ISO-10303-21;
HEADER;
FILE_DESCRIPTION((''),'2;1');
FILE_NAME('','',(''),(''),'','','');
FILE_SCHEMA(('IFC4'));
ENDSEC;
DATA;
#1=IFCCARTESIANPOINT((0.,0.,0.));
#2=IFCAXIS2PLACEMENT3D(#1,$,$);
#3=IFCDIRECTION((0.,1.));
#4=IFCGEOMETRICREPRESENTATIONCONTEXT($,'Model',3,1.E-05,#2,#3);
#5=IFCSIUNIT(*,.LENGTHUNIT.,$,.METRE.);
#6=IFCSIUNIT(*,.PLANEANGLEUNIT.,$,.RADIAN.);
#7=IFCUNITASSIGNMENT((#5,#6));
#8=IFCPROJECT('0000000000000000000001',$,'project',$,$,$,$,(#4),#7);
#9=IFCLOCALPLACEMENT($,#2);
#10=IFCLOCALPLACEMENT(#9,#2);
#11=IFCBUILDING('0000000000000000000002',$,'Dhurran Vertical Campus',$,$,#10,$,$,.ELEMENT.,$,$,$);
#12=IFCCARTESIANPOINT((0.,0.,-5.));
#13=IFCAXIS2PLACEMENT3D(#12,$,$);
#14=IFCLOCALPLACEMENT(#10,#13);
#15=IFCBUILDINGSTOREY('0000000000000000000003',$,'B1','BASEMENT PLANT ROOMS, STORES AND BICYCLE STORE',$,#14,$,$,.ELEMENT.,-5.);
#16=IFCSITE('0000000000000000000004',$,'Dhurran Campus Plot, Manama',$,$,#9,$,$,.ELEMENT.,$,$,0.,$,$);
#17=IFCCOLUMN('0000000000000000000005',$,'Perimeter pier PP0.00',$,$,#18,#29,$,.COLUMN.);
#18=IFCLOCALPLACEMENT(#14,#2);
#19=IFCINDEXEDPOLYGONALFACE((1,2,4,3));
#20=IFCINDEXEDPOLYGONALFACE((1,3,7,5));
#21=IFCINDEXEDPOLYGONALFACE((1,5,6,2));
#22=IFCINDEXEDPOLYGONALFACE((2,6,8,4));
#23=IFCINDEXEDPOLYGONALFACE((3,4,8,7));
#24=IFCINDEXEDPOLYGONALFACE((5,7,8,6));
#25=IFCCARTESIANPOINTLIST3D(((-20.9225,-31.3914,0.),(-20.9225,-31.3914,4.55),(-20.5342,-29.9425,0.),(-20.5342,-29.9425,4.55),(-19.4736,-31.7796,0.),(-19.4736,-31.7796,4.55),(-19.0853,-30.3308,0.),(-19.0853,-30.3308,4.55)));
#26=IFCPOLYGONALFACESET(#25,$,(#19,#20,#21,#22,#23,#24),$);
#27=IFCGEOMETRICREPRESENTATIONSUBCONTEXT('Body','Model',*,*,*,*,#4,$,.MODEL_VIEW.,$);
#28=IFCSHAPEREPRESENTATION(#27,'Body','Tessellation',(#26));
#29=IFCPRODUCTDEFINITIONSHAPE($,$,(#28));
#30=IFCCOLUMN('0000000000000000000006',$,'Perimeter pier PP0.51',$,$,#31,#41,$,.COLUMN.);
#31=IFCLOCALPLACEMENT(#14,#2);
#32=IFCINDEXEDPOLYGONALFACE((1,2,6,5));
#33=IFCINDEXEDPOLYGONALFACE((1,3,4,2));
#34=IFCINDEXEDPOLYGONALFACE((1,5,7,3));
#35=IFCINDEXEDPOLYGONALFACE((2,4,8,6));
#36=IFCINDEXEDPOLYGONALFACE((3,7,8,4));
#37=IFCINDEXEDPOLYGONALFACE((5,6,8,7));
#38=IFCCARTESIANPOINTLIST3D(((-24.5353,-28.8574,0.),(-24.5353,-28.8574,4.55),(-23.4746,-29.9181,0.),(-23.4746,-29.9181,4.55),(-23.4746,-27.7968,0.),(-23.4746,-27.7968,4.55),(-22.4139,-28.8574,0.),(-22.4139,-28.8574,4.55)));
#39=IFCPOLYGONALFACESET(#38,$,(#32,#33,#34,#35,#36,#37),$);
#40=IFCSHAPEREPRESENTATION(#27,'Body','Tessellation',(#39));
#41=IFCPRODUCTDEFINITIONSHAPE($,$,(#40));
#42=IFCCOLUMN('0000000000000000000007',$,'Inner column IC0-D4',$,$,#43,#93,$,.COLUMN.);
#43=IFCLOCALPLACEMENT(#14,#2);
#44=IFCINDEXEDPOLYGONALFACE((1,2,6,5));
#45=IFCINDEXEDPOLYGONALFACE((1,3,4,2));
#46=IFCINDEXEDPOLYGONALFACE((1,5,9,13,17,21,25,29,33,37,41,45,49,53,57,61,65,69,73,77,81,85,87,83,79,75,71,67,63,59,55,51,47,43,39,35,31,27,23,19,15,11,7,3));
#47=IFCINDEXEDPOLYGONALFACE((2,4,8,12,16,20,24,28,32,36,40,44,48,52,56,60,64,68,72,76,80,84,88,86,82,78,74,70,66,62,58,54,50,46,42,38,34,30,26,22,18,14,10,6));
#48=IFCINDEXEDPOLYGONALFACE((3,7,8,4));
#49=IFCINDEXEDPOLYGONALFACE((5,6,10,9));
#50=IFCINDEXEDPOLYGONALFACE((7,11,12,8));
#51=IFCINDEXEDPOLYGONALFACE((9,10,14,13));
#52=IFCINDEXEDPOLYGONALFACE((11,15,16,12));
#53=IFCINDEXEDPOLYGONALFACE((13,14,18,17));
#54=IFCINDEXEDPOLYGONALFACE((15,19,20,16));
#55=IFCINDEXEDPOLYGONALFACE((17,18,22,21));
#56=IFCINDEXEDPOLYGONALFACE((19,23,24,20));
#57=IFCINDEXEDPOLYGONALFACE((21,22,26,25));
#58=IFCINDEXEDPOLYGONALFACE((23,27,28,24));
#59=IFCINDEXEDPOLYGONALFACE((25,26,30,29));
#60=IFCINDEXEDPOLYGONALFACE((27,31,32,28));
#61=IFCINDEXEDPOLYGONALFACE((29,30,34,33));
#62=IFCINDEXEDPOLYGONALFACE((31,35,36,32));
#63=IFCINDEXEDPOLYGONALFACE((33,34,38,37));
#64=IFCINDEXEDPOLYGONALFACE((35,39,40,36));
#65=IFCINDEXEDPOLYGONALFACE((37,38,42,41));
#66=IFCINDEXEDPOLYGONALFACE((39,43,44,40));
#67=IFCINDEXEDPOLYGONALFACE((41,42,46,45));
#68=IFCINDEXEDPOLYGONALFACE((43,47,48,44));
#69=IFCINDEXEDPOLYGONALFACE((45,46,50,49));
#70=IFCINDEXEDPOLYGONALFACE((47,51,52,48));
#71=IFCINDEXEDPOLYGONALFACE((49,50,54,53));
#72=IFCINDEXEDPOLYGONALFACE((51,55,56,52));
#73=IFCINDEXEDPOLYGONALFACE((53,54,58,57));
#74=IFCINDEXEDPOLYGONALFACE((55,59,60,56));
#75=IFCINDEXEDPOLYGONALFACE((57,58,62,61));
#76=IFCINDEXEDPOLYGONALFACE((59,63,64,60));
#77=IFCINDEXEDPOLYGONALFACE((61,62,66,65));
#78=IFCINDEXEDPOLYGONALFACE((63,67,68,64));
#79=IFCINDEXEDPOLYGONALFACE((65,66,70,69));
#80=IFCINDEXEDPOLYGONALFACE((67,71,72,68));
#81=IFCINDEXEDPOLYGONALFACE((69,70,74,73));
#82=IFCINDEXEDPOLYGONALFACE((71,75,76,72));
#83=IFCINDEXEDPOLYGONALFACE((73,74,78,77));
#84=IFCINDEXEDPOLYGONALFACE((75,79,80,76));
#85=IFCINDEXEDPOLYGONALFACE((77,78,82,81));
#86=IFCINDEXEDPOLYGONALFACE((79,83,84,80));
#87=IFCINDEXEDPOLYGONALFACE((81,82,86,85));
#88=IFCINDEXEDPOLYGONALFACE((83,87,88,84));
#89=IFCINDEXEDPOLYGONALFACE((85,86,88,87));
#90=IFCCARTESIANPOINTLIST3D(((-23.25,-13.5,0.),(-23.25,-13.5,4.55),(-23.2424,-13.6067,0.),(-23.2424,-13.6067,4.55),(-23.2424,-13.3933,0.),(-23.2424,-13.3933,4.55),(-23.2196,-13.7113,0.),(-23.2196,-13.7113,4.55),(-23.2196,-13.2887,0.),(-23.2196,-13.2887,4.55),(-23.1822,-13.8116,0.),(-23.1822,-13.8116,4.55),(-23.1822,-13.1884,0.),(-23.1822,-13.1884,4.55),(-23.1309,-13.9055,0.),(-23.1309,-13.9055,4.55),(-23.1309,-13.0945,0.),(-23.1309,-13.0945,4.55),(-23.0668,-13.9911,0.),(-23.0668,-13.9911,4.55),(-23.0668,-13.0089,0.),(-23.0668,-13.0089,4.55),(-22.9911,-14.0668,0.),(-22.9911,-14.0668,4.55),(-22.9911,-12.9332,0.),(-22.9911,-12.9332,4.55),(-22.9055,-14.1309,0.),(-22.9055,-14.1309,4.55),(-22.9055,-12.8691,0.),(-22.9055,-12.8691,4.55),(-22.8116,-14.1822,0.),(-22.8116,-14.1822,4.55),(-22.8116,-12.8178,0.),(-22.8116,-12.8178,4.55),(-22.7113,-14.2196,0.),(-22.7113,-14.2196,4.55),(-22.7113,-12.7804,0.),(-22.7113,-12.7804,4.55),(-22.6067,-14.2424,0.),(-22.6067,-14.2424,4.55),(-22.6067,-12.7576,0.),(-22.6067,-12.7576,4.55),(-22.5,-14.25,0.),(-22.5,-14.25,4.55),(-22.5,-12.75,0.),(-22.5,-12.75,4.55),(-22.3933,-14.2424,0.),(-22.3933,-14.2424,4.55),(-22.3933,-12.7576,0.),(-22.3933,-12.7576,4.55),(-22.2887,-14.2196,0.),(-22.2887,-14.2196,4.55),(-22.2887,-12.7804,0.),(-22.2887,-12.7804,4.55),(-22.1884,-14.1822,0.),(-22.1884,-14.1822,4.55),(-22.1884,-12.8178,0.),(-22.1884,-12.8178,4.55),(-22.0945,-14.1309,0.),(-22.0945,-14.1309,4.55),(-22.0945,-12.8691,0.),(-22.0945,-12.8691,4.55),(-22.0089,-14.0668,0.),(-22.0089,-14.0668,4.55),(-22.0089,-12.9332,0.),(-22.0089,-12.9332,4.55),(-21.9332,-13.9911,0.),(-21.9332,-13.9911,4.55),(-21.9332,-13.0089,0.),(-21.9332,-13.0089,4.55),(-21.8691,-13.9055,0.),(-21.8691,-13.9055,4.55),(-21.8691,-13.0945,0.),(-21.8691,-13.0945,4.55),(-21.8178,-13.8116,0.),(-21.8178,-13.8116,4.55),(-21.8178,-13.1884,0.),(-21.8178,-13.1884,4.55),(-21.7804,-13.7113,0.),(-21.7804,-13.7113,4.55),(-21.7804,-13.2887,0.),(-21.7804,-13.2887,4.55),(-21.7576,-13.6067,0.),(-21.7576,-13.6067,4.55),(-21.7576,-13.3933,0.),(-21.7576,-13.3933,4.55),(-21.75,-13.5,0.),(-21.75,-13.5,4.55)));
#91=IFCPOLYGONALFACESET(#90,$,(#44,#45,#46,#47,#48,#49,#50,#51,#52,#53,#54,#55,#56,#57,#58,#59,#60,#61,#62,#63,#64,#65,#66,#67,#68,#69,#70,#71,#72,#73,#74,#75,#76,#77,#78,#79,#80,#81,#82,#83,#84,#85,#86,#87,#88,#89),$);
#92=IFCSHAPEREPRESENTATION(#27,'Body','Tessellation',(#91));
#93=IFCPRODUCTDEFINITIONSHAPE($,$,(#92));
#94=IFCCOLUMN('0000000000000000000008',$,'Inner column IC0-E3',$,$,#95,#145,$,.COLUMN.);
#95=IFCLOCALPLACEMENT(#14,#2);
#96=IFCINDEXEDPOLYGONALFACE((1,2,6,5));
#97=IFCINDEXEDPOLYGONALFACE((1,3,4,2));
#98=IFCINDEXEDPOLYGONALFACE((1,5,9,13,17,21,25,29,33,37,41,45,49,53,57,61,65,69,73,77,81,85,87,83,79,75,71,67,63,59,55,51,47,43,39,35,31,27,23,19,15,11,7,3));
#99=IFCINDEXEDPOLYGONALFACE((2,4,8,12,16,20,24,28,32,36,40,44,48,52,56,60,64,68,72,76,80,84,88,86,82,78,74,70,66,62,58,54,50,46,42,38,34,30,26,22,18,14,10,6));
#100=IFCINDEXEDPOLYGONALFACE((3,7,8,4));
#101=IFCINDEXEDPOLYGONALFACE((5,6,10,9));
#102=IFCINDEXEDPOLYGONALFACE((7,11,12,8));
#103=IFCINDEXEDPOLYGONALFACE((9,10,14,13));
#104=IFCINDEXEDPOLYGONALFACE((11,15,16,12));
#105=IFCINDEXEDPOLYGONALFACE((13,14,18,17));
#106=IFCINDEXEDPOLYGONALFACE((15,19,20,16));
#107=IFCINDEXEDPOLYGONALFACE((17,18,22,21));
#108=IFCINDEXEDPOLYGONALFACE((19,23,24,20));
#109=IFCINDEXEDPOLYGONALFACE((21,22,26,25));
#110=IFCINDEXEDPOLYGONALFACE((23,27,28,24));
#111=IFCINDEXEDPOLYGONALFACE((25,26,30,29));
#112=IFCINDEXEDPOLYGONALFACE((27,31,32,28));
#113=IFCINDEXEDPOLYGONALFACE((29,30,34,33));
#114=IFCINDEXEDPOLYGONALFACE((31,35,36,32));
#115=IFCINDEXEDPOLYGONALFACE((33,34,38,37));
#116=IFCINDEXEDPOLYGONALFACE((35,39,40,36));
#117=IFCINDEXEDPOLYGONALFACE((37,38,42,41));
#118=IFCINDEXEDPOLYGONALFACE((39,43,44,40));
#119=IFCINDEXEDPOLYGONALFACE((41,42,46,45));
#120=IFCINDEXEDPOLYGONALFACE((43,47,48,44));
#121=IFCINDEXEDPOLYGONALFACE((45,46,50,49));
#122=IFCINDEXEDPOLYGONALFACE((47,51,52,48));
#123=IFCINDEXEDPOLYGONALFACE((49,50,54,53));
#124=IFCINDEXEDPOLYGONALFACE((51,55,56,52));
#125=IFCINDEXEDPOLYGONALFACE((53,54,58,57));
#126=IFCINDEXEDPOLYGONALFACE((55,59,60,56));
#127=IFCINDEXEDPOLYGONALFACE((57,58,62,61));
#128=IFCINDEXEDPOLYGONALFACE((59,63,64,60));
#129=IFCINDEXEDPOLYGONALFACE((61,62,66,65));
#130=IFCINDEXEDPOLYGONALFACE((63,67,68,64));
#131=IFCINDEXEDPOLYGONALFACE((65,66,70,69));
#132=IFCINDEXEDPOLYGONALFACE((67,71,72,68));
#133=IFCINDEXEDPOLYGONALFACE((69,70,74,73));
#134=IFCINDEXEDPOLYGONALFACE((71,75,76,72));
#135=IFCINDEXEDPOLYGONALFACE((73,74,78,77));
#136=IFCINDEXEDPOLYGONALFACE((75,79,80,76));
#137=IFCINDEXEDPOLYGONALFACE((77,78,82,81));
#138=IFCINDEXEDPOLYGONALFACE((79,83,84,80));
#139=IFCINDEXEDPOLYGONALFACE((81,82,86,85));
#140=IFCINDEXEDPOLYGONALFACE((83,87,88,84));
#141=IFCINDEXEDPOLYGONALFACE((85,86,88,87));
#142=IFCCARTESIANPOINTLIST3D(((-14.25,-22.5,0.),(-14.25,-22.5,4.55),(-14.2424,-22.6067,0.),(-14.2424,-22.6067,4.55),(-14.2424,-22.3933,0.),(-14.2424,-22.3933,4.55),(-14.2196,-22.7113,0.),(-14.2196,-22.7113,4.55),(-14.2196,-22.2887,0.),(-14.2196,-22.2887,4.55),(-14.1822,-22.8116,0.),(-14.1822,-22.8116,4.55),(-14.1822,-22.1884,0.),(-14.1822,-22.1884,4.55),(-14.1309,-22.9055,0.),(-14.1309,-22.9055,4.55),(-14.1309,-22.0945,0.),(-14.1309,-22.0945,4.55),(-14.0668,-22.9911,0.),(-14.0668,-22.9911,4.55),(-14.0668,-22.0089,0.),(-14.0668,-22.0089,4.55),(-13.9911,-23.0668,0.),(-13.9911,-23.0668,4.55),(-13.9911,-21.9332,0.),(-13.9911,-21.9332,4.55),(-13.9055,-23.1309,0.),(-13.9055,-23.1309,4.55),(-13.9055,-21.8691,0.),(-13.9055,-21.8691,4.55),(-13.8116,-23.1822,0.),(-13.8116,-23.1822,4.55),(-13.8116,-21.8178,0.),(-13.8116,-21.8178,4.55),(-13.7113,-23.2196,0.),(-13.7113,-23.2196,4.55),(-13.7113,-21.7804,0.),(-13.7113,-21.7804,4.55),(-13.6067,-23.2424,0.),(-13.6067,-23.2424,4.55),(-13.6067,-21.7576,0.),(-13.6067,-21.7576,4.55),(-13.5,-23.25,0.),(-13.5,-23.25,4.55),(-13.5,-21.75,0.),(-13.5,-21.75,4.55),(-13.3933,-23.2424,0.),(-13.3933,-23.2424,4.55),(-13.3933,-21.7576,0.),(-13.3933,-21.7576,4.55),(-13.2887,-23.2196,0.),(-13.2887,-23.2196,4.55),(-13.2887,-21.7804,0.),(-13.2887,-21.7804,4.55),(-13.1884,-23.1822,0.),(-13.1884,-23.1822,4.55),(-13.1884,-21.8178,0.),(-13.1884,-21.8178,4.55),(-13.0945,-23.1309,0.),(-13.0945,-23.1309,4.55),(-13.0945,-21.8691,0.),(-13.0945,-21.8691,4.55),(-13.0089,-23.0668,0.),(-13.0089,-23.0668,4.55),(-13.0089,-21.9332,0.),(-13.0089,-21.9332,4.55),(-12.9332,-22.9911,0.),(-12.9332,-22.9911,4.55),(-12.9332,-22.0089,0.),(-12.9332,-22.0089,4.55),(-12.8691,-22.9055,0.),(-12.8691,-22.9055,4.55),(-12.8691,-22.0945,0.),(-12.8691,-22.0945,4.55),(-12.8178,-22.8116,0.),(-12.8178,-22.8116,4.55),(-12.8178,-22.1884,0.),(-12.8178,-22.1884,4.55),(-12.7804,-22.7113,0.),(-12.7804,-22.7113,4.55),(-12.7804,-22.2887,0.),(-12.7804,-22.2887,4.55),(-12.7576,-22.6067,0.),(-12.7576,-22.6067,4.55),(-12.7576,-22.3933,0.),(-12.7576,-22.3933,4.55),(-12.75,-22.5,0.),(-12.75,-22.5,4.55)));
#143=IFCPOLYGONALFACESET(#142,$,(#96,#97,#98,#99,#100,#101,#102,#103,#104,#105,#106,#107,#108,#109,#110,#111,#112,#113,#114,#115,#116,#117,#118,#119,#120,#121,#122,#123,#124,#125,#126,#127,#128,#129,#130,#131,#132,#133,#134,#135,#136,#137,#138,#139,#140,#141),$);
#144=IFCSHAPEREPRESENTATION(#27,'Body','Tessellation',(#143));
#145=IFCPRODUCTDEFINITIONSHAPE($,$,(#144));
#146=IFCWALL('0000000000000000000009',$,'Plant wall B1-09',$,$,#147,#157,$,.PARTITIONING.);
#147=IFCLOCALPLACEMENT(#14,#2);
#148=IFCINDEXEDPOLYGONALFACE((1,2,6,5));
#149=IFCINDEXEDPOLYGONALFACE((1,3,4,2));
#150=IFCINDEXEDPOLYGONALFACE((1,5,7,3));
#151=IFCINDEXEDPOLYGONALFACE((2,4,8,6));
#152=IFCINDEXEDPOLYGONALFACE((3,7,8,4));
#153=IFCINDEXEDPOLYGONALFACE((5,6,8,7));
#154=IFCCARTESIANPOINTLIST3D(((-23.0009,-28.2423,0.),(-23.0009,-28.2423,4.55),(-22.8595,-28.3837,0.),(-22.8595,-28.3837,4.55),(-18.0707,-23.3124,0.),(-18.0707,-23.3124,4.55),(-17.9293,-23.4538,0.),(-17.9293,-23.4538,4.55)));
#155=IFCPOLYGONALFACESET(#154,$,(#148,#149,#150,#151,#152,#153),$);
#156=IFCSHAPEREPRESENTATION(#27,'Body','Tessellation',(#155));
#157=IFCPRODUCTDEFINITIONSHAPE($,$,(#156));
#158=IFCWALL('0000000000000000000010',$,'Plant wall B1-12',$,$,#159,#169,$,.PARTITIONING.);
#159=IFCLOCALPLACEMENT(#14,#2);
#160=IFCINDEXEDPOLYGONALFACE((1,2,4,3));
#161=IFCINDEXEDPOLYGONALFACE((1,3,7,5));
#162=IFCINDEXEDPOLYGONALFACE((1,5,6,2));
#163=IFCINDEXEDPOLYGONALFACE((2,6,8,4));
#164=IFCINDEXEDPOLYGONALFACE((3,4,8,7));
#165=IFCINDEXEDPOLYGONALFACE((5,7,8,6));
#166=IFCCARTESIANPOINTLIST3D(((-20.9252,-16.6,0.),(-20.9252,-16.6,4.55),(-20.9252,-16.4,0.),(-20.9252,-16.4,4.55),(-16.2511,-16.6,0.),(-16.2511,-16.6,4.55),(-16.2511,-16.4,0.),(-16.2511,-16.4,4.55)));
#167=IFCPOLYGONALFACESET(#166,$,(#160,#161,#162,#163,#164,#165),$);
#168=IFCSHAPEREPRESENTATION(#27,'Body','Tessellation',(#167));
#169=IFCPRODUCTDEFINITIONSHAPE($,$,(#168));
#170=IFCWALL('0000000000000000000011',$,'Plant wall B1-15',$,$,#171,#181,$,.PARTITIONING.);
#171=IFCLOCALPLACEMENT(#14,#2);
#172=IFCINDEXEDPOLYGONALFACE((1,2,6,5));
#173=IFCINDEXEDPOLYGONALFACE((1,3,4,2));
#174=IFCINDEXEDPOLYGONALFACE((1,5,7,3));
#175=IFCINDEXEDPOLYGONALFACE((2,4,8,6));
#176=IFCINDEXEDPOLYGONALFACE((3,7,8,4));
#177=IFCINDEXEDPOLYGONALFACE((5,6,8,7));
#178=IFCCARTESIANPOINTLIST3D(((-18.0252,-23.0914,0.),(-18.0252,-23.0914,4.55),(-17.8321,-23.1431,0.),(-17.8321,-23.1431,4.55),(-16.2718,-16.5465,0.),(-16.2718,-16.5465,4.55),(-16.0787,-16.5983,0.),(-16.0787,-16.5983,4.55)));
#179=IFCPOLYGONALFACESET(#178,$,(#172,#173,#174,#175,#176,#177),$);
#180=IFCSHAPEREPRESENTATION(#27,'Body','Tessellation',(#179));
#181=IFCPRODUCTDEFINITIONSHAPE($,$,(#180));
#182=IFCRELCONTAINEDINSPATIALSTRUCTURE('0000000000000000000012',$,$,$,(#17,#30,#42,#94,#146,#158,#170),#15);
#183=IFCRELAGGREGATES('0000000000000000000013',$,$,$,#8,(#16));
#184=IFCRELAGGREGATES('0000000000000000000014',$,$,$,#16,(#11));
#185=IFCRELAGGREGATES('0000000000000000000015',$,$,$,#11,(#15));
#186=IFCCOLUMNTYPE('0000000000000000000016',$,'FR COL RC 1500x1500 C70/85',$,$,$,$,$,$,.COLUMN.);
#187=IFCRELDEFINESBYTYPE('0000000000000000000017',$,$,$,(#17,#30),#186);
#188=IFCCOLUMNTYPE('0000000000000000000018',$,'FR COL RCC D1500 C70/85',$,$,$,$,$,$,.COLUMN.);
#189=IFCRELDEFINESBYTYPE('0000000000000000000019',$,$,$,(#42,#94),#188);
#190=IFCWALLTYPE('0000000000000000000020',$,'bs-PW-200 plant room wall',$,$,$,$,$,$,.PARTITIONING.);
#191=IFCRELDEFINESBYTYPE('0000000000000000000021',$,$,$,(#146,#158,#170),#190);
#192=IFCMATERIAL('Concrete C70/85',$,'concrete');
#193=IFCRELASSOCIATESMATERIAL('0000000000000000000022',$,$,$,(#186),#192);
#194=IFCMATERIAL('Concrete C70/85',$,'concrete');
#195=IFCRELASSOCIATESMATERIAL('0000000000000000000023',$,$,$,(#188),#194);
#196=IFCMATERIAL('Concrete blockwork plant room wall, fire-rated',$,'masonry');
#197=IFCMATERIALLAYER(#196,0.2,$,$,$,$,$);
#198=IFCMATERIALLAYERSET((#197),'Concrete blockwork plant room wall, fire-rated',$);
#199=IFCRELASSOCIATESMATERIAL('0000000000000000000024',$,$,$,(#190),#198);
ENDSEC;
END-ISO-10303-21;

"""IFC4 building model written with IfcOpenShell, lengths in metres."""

from ifc_helpers import new_model, si_unit, direction, frame, frame_2d, origin, origin_2d, place, context, subcontext, project, spatial, rectangle, circle, extrude, material, layer, layer_set, material_profile, profile_set, type_object, element, save


model = new_model("IFC4")

# Units and contexts
model_context = context("Model", 3, precision=1e-05, world=origin(), true_north=direction((0.0, 1.0)))
body_context = subcontext(model_context, "Body", "Model", "MODEL_VIEW")
ifc_project = project(units=[si_unit("LENGTHUNIT", "METRE"), si_unit("PLANEANGLEUNIT", "RADIAN")], contexts=[model_context])

# Site, building, storey
site_placement = place(None, origin())
site = spatial("IfcSite", under=ifc_project, at=site_placement, Name="Dhurran Campus Plot, Manama", CompositionType="ELEMENT", RefElevation=0.0)
building_placement = place(site_placement, origin())
building = spatial("IfcBuilding", under=site, at=building_placement, Name="Dhurran Vertical Campus", CompositionType="ELEMENT")
storey_placement = place(building_placement, frame((0.0, 0.0, -5.0)))
storey = spatial("IfcBuildingStorey", under=building, at=storey_placement, Name="B1", Description="BASEMENT PLANT ROOMS, STORES AND BICYCLE STORE", CompositionType="ELEMENT", Elevation=-5.0)

# Columns
ifc_material_1 = material(Name="Concrete C70/85", Category="concrete")
ifc_material_profile_1 = material_profile(ifc_material_1, rectangle(XDim=1.5, YDim=1.5, at=origin_2d()), Name="RC 1500x1500")
ifc_profile_set_1 = profile_set([ifc_material_profile_1], Name="Concrete C70/85")
column_type_1 = type_object("IfcColumnType", Name="FR COL RC 1500x1500 C70/85", PredefinedType="COLUMN", material=ifc_profile_set_1)
for number, where, z_axis, x_axis, name in (
    (1, (-20.0039, -30.8611, 0.0), (0.0, 0.0, 1.0), (0.965926, -0.258819, 0.0), "Perimeter pier PP0.00"),
    (2, (-23.4746, -28.8574, 0.0), (0.0, 0.0, 1.0), (0.707107, -0.707107, 0.0), "Perimeter pier PP0.51"),
):
    element("IfcColumn", number, at=place(storey_placement, frame(where, z_axis=z_axis, x_axis=x_axis)), inside=storey, type_object=column_type_1, Name=name, PredefinedType="COLUMN", context=body_context, shape_type="SweptSolid", body=[
        extrude(rectangle(XDim=1.5, YDim=1.5, at=origin_2d()), origin(), (0.0, 0.0, 1.0), 4.55),
    ])
ifc_material_2 = material(Name="Concrete C70/85", Category="concrete")
ifc_material_profile_2 = material_profile(ifc_material_2, circle(Radius=0.75, at=origin_2d()), Name="RCC D1500")
ifc_profile_set_2 = profile_set([ifc_material_profile_2], Name="Concrete C70/85")
column_type_2 = type_object("IfcColumnType", Name="FR COL RCC D1500 C70/85", PredefinedType="COLUMN", material=ifc_profile_set_2)
for number, where, z_axis, x_axis, name in (
    (3, (-22.5, -13.5, 0.0), (0.0, 0.0, 1.0), (1.0, 0.0, 0.0), "Inner column IC0-D4"),
    (4, (-13.5, -22.5, 0.0), (0.0, 0.0, 1.0), (1.0, 0.0, 0.0), "Inner column IC0-E3"),
):
    element("IfcColumn", number, at=place(storey_placement, frame(where, z_axis=z_axis, x_axis=x_axis)), inside=storey, type_object=column_type_2, Name=name, PredefinedType="COLUMN", context=body_context, shape_type="SweptSolid", body=[
        extrude(circle(Radius=0.75, at=origin_2d()), origin(), (0.0, 0.0, 1.0), 4.55),
    ])

# Walls
ifc_material_3 = material(Name="Concrete blockwork plant room wall, fire-rated", Category="masonry")
ifc_layer_1 = layer(ifc_material_3, 0.2)
ifc_layer_set_1 = layer_set([ifc_layer_1], Name="Concrete blockwork plant room wall, fire-rated")
wall_type_1 = type_object("IfcWallType", Name="bs-PW-200 plant room wall", PredefinedType="PARTITIONING", material=ifc_layer_set_1)
wall_1_placement = place(storey_placement, frame((-18.0, -23.3831, 0.0), z_axis=(0.0, 0.0, 1.0), x_axis=(-0.707124, -0.707089, 0.0)))
element("IfcWall", 5, at=wall_1_placement, inside=storey, type_object=wall_type_1, Name="Plant wall B1-09", PredefinedType="PARTITIONING", context=body_context, shape_type="SweptSolid", body=[
    extrude(rectangle(XDim=6.9722, YDim=0.2, at=frame_2d((3.4861, 0.0))), origin(), (0.0, 0.0, 1.0), 4.55),
])
wall_2_placement = place(storey_placement, frame((-20.925, -16.5, 0.0), z_axis=(0.0, 0.0, 1.0), x_axis=(1.0, 0.0, 0.0)))
element("IfcWall", 6, at=wall_2_placement, inside=storey, type_object=wall_type_1, Name="Plant wall B1-12", PredefinedType="PARTITIONING", context=body_context, shape_type="SweptSolid", body=[
    extrude(rectangle(XDim=4.6741, YDim=0.2, at=frame_2d((2.3369, 0.0))), origin(), (0.0, 0.0, 1.0), 4.55),
])
wall_3_placement = place(storey_placement, frame((-16.1753, -16.5725, 0.0), z_axis=(0.0, 0.0, 1.0), x_axis=(-0.258779, -0.965936, 0.0)))
element("IfcWall", 7, at=wall_3_placement, inside=storey, type_object=wall_type_1, Name="Plant wall B1-15", PredefinedType="PARTITIONING", context=body_context, shape_type="SweptSolid", body=[
    extrude(rectangle(XDim=6.7756, YDim=0.2, at=frame_2d((3.3877, 0.0))), origin(), (0.0, 0.0, 1.0), 4.55),
])

save(model, "model.ifc")
